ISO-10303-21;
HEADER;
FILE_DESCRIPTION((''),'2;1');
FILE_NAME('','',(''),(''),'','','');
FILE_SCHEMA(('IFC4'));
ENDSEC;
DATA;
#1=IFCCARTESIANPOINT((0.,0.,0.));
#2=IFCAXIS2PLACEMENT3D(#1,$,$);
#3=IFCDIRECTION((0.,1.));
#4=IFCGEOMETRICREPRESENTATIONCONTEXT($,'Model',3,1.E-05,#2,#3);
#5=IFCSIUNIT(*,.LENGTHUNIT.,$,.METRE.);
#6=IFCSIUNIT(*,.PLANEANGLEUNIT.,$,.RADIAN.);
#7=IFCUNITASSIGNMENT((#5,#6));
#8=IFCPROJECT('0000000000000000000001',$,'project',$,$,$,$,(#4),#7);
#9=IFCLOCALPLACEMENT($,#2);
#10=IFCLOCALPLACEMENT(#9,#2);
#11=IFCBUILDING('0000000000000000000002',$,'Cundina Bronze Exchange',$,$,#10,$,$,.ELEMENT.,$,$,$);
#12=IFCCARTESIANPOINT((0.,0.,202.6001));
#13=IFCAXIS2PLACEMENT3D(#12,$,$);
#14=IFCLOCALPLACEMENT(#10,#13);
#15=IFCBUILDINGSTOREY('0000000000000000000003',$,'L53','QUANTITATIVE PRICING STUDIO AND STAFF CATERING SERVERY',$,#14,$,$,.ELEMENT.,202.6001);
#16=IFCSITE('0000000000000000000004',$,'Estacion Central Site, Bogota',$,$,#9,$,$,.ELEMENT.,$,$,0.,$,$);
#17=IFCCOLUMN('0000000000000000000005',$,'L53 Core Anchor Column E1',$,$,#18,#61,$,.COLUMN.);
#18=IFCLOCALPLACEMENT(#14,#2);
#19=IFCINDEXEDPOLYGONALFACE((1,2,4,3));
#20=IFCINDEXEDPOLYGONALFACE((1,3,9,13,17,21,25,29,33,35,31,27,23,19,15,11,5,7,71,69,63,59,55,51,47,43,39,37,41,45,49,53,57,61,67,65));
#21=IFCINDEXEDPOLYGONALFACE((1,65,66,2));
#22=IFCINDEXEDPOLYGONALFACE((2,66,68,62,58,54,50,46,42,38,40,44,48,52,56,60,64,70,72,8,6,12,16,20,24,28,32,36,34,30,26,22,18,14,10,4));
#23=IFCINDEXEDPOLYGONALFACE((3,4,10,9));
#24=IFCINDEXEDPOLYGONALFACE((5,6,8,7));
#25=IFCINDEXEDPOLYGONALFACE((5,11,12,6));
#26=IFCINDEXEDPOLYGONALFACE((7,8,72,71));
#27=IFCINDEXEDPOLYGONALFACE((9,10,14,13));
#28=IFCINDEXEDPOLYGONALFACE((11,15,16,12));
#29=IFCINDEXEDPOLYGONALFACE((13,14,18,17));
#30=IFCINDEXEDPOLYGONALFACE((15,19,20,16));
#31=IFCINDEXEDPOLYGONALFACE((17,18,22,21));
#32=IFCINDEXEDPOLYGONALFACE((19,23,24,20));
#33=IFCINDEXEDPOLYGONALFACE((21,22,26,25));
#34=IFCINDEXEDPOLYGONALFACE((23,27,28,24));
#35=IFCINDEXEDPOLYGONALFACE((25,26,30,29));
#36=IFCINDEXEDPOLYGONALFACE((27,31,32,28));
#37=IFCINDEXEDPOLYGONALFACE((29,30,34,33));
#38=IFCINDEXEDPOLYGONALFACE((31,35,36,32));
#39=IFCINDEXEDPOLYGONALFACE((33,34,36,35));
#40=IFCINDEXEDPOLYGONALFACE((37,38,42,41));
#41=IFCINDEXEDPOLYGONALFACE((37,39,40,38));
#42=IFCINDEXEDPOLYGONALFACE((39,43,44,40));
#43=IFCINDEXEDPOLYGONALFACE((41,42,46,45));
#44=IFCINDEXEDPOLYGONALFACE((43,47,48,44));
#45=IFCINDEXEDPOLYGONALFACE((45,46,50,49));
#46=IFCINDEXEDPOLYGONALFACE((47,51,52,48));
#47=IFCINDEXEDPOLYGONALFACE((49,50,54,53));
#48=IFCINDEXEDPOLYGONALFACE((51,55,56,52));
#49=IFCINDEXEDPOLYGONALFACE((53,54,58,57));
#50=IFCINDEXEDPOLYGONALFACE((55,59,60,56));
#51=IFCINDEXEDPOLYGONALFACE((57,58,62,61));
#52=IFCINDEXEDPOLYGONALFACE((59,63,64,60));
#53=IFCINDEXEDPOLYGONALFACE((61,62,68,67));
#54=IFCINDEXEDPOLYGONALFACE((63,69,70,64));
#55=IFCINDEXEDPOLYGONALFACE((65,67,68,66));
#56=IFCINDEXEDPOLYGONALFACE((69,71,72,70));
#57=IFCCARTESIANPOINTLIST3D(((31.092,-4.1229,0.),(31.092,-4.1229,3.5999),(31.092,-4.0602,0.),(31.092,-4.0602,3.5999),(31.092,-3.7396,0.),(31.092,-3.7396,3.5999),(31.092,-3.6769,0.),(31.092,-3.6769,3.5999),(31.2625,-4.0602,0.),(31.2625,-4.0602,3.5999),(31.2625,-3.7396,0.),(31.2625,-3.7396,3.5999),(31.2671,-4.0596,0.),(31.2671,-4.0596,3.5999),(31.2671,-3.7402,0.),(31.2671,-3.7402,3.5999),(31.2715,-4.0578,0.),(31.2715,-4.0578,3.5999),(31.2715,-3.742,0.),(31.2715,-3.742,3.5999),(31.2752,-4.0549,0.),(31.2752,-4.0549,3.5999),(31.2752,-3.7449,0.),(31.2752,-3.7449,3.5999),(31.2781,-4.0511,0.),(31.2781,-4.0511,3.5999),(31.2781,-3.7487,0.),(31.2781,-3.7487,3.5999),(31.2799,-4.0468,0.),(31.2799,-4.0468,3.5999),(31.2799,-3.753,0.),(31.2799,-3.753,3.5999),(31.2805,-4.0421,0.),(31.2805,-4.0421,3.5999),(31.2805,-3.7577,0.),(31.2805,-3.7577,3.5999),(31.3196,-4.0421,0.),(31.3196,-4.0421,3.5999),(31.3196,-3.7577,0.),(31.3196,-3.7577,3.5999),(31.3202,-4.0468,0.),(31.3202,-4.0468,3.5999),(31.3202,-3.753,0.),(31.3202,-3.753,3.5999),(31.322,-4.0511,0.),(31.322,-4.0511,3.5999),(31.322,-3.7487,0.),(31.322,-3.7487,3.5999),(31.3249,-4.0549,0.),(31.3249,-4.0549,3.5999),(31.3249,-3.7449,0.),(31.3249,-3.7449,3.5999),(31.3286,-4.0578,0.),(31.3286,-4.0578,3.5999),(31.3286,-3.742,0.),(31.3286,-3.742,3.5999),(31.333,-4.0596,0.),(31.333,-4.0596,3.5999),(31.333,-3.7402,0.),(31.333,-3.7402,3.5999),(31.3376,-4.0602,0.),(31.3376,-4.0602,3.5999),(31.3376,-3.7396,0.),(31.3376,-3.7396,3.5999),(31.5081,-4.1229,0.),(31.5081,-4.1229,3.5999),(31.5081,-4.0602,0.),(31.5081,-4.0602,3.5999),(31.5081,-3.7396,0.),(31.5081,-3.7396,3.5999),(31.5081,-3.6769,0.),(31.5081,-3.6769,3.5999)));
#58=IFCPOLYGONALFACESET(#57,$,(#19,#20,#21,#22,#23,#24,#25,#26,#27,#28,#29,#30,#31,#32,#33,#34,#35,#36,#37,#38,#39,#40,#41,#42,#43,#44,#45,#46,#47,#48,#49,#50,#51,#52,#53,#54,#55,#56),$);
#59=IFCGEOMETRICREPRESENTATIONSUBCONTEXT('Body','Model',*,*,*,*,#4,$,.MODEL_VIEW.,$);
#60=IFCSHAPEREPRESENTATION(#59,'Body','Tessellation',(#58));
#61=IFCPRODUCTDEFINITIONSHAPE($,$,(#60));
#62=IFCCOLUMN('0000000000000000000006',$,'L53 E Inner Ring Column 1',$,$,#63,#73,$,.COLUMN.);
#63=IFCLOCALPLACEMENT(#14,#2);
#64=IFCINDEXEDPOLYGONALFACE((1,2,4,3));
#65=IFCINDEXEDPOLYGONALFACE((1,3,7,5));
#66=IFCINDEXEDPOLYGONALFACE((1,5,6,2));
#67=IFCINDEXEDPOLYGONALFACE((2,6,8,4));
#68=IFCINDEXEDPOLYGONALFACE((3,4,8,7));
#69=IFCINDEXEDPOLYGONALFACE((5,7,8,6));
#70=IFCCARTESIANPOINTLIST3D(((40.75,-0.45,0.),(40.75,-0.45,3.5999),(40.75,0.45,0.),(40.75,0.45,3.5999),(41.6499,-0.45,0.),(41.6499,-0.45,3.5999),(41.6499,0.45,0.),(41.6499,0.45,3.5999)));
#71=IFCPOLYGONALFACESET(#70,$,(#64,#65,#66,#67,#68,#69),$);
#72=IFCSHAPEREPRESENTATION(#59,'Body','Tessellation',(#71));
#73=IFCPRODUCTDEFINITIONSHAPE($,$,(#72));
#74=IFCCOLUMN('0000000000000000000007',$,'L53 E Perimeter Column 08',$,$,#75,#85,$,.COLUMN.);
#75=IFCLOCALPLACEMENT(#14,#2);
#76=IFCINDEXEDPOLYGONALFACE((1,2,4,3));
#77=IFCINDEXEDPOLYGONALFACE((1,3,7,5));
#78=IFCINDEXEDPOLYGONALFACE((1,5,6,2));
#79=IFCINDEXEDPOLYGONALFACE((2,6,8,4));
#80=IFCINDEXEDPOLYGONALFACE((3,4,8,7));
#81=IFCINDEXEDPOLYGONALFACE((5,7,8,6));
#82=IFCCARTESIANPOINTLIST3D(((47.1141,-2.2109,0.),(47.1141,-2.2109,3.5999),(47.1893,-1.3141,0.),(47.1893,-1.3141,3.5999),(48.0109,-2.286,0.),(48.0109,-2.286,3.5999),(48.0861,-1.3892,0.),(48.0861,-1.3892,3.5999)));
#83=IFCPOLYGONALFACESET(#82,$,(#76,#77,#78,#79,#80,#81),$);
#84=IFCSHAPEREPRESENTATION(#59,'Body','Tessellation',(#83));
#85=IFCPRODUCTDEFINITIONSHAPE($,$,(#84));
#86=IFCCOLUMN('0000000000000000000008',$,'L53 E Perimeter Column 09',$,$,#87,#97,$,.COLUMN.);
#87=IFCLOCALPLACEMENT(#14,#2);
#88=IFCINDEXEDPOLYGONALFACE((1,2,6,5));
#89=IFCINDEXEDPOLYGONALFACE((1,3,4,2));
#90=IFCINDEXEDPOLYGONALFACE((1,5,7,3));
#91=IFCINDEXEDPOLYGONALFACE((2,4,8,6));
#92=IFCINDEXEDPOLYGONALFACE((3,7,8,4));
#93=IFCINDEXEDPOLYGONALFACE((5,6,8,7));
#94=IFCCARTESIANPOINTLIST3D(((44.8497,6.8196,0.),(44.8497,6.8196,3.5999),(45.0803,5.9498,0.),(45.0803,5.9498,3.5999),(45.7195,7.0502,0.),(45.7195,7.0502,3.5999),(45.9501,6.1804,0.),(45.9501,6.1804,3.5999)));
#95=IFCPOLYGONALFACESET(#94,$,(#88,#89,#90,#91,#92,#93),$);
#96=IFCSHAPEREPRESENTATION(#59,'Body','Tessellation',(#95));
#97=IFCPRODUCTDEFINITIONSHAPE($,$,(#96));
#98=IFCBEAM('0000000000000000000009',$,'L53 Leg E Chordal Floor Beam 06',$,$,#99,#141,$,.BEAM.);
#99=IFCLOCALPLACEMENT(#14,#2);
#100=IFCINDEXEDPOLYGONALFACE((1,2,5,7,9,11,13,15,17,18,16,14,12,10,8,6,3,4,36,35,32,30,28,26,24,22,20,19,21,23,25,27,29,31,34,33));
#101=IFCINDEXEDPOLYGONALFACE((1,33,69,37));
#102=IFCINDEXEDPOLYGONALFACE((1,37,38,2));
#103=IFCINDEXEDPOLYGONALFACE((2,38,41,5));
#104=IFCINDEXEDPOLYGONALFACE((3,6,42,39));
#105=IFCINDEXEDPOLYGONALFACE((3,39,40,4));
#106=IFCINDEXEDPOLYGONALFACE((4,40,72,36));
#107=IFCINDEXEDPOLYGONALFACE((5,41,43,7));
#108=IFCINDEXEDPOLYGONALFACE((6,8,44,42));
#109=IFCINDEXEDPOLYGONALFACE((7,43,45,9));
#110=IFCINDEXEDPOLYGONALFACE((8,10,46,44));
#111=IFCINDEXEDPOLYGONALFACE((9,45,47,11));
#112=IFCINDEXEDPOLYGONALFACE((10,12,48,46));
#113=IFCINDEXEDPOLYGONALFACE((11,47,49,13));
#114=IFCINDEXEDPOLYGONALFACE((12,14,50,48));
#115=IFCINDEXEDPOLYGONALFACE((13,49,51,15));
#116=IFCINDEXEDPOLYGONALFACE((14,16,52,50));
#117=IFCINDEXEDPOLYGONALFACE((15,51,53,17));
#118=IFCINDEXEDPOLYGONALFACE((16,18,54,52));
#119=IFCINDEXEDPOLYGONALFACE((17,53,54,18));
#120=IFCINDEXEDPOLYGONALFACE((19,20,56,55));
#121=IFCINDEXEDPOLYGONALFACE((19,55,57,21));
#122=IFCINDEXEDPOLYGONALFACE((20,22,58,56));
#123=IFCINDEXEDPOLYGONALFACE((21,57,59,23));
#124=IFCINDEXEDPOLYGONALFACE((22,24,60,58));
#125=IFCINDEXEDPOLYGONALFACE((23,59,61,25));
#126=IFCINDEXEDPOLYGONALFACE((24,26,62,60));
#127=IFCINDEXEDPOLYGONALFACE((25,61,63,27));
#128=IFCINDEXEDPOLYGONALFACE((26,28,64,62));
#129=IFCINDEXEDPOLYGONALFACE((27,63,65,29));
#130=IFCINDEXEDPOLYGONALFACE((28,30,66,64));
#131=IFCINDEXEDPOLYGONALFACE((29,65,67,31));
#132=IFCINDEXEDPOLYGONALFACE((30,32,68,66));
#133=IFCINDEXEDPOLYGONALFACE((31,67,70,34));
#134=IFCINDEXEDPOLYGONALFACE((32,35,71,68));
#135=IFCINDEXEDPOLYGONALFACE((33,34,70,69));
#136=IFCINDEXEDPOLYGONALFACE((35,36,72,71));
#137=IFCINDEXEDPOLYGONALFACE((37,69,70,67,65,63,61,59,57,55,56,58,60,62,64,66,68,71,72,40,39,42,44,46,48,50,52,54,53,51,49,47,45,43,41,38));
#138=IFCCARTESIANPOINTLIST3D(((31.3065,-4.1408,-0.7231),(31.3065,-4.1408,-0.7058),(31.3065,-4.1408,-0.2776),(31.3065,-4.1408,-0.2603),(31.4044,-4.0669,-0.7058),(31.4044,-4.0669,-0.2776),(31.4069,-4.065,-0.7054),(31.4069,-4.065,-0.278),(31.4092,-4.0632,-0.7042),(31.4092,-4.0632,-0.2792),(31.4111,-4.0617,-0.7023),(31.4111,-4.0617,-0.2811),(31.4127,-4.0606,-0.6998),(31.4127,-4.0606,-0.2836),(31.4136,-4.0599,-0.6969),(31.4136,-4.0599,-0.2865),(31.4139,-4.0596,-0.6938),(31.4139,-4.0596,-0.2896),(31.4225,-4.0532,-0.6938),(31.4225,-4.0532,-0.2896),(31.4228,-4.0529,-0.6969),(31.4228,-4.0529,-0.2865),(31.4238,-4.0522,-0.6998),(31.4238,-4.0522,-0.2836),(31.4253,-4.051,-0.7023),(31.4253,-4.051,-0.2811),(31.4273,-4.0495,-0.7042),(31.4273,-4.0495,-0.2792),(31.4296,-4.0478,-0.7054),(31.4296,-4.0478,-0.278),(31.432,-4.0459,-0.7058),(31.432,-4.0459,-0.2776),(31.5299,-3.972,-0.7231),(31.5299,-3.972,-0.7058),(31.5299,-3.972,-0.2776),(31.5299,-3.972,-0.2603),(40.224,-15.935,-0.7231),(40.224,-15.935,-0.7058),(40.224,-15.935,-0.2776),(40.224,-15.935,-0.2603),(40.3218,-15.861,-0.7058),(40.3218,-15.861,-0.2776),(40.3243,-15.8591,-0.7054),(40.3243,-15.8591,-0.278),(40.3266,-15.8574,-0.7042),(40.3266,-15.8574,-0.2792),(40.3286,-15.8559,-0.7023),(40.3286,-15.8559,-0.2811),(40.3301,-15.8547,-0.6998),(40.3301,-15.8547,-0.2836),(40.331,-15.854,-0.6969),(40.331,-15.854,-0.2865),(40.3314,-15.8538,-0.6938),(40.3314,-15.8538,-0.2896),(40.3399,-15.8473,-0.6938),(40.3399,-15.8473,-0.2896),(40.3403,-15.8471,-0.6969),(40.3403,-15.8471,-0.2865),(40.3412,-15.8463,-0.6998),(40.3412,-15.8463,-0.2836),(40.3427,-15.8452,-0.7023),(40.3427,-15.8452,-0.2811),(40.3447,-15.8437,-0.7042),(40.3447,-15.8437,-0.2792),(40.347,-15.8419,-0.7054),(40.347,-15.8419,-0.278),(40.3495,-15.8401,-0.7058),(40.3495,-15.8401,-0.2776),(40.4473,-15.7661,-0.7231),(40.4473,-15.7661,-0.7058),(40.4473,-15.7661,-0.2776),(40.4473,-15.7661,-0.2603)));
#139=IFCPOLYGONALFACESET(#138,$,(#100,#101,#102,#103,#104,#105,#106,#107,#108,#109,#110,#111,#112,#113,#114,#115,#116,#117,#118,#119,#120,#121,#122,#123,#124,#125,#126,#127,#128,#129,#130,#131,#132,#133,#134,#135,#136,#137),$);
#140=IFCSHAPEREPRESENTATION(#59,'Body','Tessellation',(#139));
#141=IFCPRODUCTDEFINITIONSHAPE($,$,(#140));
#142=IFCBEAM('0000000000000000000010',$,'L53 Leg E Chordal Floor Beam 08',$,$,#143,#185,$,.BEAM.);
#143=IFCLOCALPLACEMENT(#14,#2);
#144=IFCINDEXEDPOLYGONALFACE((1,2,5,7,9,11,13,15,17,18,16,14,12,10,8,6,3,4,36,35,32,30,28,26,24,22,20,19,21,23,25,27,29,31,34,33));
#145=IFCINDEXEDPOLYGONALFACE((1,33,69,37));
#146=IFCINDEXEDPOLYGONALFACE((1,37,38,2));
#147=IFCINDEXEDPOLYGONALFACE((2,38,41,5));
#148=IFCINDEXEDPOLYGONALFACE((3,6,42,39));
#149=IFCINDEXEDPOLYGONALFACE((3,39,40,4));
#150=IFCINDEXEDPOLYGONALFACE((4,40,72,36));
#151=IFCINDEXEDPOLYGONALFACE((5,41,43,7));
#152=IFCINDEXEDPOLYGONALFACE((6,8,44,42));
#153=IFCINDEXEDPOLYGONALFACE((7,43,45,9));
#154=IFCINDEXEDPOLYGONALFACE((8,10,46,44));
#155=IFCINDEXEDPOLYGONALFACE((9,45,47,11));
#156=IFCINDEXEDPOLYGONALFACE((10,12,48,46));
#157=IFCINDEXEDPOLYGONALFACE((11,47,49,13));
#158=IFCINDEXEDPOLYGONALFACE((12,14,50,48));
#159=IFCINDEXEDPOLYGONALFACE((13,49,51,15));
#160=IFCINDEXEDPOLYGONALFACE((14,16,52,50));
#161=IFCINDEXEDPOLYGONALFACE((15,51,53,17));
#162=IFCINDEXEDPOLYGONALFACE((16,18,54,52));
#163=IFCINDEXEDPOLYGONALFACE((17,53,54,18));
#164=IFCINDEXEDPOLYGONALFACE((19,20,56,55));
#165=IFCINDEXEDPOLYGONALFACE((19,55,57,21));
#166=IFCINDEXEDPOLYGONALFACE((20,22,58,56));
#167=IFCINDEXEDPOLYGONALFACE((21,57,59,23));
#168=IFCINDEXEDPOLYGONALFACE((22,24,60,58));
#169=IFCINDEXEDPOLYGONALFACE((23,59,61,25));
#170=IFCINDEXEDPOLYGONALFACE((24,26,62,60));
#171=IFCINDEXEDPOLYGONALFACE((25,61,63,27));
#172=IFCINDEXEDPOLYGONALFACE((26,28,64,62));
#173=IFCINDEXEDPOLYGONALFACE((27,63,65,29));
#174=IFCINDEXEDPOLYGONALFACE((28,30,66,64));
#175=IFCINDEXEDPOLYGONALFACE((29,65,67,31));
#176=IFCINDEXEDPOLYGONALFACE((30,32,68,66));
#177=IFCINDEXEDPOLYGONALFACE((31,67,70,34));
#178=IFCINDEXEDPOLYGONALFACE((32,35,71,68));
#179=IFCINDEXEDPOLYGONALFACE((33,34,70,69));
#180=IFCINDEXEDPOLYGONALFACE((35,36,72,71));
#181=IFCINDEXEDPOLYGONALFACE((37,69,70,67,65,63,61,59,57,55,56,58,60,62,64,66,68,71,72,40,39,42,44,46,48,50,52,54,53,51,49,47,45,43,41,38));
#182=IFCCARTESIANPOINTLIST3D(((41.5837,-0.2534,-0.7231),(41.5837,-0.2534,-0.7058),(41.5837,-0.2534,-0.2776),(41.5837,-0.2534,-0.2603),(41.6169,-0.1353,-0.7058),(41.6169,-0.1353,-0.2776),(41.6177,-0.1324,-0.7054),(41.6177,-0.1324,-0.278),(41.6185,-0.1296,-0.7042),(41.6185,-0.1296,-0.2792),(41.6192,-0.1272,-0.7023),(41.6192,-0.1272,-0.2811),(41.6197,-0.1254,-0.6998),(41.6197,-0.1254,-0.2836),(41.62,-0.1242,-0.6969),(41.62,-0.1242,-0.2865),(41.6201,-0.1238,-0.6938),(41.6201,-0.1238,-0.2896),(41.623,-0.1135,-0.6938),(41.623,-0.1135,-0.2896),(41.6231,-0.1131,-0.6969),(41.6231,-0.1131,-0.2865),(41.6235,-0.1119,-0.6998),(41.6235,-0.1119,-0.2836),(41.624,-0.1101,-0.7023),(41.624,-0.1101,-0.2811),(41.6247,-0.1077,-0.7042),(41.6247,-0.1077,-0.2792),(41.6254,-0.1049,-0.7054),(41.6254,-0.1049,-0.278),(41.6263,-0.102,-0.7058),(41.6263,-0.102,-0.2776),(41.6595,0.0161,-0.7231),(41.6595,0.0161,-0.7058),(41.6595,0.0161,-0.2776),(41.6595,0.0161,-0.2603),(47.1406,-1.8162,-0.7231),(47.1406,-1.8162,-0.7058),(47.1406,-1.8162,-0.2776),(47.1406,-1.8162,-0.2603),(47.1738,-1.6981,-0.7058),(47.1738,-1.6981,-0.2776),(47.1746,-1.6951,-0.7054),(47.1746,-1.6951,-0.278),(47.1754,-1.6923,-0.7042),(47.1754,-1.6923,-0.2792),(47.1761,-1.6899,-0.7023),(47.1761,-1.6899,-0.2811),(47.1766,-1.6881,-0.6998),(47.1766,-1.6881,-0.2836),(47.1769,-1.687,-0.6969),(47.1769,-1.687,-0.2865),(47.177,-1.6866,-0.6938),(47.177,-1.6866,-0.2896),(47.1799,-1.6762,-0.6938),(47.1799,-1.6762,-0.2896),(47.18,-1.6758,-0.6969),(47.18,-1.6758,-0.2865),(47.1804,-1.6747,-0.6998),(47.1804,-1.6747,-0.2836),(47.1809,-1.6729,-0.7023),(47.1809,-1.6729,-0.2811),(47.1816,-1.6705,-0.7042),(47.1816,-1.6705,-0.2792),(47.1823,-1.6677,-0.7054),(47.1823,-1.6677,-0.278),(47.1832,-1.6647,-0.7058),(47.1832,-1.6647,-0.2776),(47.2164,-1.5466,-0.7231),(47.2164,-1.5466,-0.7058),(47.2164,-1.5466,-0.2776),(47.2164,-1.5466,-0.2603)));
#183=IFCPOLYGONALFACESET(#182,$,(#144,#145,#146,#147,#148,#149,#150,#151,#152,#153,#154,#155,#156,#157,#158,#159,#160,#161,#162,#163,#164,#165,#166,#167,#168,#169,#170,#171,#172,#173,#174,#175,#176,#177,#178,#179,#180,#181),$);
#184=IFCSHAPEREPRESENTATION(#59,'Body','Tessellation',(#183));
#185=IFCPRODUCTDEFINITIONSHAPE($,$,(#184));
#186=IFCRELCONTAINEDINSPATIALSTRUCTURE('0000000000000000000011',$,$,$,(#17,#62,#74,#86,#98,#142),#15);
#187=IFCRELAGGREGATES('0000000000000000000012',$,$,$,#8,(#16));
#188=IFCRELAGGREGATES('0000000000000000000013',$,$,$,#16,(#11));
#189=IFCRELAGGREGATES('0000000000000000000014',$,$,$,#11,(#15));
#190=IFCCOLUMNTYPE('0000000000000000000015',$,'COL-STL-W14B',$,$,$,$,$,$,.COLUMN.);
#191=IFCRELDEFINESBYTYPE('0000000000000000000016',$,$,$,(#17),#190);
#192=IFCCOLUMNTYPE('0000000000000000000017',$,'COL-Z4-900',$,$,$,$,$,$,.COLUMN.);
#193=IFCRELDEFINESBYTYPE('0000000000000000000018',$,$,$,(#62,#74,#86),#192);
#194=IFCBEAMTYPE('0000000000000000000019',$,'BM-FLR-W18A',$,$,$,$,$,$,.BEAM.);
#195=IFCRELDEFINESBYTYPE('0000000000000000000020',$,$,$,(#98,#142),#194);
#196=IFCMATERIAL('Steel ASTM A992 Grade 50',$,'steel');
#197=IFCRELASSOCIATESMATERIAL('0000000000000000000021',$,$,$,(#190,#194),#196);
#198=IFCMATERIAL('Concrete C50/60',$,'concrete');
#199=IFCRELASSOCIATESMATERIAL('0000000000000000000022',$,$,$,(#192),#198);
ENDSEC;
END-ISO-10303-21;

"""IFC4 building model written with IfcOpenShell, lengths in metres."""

from ifc_helpers import new_model, si_unit, direction, frame, origin, origin_2d, place, context, subcontext, project, spatial, rectangle, i_section, extrude, material, material_profile, profile_set, type_object, element, save


model = new_model("IFC4")

# Units and contexts
model_context = context("Model", 3, precision=1e-05, world=origin(), true_north=direction((0.0, 1.0)))
body_context = subcontext(model_context, "Body", "Model", "MODEL_VIEW")
ifc_project = project(units=[si_unit("LENGTHUNIT", "METRE"), si_unit("PLANEANGLEUNIT", "RADIAN")], contexts=[model_context])

# Site, building, storey
site_placement = place(None, origin())
site = spatial("IfcSite", under=ifc_project, at=site_placement, Name="Estacion Central Site, Bogota", CompositionType="ELEMENT", RefElevation=0.0)
building_placement = place(site_placement, origin())
building = spatial("IfcBuilding", under=site, at=building_placement, Name="Cundina Bronze Exchange", CompositionType="ELEMENT")
storey_placement = place(building_placement, frame((0.0, 0.0, 202.6001)))
storey = spatial("IfcBuildingStorey", under=building, at=storey_placement, Name="L53", Description="QUANTITATIVE PRICING STUDIO AND STAFF CATERING SERVERY", CompositionType="ELEMENT", Elevation=202.6001)

# Columns
ifc_material_1 = material(Name="Steel ASTM A992 Grade 50", Category="steel")
ifc_material_profile_1 = material_profile(ifc_material_1, i_section(OverallWidth=0.416, OverallDepth=0.446, WebThickness=0.0391, FlangeThickness=0.0627, FilletRadius=0.0181, at=origin_2d()), Name="W14X342", Category="steel")
ifc_profile_set_1 = profile_set([ifc_material_profile_1], Name="Steel ASTM A992 Grade 50")
column_type_1 = type_object("IfcColumnType", Name="COL-STL-W14B", PredefinedType="COLUMN", material=ifc_profile_set_1)
column_placement = place(storey_placement, frame((31.3, -3.8999, 0.0), z_axis=(0.0, 0.0, 1.0), x_axis=(1.0, 0.0, 0.0)))
element("IfcColumn", 1, at=column_placement, inside=storey, type_object=column_type_1, Name="L53 Core Anchor Column E1", PredefinedType="COLUMN", context=body_context, shape_type="SweptSolid", body=[
    extrude(i_section(OverallWidth=0.416, OverallDepth=0.446, WebThickness=0.0391, FlangeThickness=0.0627, FilletRadius=0.0181, at=origin_2d()), origin(), (0.0, 0.0, 1.0), 3.5999),
])
ifc_material_2 = material(Name="Concrete C50/60", Category="concrete")
ifc_material_profile_2 = material_profile(ifc_material_2, rectangle(XDim=0.8999, YDim=0.8999, at=origin_2d()), Name="RC900X900", Category="concrete")
ifc_profile_set_2 = profile_set([ifc_material_profile_2], Name="Concrete C50/60")
column_type_2 = type_object("IfcColumnType", Name="COL-Z4-900", PredefinedType="COLUMN", material=ifc_profile_set_2)
for number, where, z_axis, x_axis, name in (
    (2, (41.2, 0.0, 0.0), (0.0, 0.0, 1.0), (1.0, 0.0, 0.0), "L53 E Inner Ring Column 1"),
    (3, (47.6001, -1.8, 0.0), (0.0, 0.0, 1.0), (0.083504, 0.996507, 0.0), "L53 E Perimeter Column 08"),
    (4, (45.3999, 6.5, 0.0), (0.0, 0.0, 1.0), (-0.256289, 0.9666, 0.0), "L53 E Perimeter Column 09"),
):
    element("IfcColumn", number, at=place(storey_placement, frame(where, z_axis=z_axis, x_axis=x_axis)), inside=storey, type_object=column_type_2, Name=name, PredefinedType="COLUMN", context=body_context, shape_type="SweptSolid", body=[
        extrude(rectangle(XDim=0.8999, YDim=0.8999, at=origin_2d()), origin(), (0.0, 0.0, 1.0), 3.5999),
    ])

# Beams
ifc_material_profile_3 = material_profile(ifc_material_1, i_section(OverallWidth=0.28, OverallDepth=0.4629, WebThickness=0.0107, FlangeThickness=0.0173, FilletRadius=0.012, at=origin_2d()), Name="W18X76", Category="steel")
ifc_profile_set_3 = profile_set([ifc_material_profile_3], Name="Steel ASTM A992 Grade 50")
beam_type_1 = type_object("IfcBeamType", Name="BM-FLR-W18A", PredefinedType="BEAM", material=ifc_profile_set_3)
beam_1_placement = place(storey_placement, frame((31.4182, -4.0564, -0.4917), z_axis=(0.603105, -0.797662, 0.0), x_axis=(0.797662, 0.603105, 0.0)))
element("IfcBeam", 5, at=beam_1_placement, inside=storey, type_object=beam_type_1, Name="L53 Leg E Chordal Floor Beam 06", PredefinedType="BEAM", context=body_context, shape_type="SweptSolid", body=[
    extrude(i_section(OverallWidth=0.28, OverallDepth=0.4629, WebThickness=0.0107, FlangeThickness=0.0173, FilletRadius=0.012, at=origin_2d()), origin(), (0.0, 0.0, 1.0), 14.7859),
])
beam_2_placement = place(storey_placement, frame((41.6216, -0.1187, -0.4917), z_axis=(0.962657, -0.270725, 0.0), x_axis=(0.270725, 0.962657, 0.0)))
element("IfcBeam", 6, at=beam_2_placement, inside=storey, type_object=beam_type_1, Name="L53 Leg E Chordal Floor Beam 08", PredefinedType="BEAM", context=body_context, shape_type="SweptSolid", body=[
    extrude(i_section(OverallWidth=0.28, OverallDepth=0.4629, WebThickness=0.0107, FlangeThickness=0.0173, FilletRadius=0.012, at=origin_2d()), origin(), (0.0, 0.0, 1.0), 5.7725),
])

save(model, "model.ifc")
